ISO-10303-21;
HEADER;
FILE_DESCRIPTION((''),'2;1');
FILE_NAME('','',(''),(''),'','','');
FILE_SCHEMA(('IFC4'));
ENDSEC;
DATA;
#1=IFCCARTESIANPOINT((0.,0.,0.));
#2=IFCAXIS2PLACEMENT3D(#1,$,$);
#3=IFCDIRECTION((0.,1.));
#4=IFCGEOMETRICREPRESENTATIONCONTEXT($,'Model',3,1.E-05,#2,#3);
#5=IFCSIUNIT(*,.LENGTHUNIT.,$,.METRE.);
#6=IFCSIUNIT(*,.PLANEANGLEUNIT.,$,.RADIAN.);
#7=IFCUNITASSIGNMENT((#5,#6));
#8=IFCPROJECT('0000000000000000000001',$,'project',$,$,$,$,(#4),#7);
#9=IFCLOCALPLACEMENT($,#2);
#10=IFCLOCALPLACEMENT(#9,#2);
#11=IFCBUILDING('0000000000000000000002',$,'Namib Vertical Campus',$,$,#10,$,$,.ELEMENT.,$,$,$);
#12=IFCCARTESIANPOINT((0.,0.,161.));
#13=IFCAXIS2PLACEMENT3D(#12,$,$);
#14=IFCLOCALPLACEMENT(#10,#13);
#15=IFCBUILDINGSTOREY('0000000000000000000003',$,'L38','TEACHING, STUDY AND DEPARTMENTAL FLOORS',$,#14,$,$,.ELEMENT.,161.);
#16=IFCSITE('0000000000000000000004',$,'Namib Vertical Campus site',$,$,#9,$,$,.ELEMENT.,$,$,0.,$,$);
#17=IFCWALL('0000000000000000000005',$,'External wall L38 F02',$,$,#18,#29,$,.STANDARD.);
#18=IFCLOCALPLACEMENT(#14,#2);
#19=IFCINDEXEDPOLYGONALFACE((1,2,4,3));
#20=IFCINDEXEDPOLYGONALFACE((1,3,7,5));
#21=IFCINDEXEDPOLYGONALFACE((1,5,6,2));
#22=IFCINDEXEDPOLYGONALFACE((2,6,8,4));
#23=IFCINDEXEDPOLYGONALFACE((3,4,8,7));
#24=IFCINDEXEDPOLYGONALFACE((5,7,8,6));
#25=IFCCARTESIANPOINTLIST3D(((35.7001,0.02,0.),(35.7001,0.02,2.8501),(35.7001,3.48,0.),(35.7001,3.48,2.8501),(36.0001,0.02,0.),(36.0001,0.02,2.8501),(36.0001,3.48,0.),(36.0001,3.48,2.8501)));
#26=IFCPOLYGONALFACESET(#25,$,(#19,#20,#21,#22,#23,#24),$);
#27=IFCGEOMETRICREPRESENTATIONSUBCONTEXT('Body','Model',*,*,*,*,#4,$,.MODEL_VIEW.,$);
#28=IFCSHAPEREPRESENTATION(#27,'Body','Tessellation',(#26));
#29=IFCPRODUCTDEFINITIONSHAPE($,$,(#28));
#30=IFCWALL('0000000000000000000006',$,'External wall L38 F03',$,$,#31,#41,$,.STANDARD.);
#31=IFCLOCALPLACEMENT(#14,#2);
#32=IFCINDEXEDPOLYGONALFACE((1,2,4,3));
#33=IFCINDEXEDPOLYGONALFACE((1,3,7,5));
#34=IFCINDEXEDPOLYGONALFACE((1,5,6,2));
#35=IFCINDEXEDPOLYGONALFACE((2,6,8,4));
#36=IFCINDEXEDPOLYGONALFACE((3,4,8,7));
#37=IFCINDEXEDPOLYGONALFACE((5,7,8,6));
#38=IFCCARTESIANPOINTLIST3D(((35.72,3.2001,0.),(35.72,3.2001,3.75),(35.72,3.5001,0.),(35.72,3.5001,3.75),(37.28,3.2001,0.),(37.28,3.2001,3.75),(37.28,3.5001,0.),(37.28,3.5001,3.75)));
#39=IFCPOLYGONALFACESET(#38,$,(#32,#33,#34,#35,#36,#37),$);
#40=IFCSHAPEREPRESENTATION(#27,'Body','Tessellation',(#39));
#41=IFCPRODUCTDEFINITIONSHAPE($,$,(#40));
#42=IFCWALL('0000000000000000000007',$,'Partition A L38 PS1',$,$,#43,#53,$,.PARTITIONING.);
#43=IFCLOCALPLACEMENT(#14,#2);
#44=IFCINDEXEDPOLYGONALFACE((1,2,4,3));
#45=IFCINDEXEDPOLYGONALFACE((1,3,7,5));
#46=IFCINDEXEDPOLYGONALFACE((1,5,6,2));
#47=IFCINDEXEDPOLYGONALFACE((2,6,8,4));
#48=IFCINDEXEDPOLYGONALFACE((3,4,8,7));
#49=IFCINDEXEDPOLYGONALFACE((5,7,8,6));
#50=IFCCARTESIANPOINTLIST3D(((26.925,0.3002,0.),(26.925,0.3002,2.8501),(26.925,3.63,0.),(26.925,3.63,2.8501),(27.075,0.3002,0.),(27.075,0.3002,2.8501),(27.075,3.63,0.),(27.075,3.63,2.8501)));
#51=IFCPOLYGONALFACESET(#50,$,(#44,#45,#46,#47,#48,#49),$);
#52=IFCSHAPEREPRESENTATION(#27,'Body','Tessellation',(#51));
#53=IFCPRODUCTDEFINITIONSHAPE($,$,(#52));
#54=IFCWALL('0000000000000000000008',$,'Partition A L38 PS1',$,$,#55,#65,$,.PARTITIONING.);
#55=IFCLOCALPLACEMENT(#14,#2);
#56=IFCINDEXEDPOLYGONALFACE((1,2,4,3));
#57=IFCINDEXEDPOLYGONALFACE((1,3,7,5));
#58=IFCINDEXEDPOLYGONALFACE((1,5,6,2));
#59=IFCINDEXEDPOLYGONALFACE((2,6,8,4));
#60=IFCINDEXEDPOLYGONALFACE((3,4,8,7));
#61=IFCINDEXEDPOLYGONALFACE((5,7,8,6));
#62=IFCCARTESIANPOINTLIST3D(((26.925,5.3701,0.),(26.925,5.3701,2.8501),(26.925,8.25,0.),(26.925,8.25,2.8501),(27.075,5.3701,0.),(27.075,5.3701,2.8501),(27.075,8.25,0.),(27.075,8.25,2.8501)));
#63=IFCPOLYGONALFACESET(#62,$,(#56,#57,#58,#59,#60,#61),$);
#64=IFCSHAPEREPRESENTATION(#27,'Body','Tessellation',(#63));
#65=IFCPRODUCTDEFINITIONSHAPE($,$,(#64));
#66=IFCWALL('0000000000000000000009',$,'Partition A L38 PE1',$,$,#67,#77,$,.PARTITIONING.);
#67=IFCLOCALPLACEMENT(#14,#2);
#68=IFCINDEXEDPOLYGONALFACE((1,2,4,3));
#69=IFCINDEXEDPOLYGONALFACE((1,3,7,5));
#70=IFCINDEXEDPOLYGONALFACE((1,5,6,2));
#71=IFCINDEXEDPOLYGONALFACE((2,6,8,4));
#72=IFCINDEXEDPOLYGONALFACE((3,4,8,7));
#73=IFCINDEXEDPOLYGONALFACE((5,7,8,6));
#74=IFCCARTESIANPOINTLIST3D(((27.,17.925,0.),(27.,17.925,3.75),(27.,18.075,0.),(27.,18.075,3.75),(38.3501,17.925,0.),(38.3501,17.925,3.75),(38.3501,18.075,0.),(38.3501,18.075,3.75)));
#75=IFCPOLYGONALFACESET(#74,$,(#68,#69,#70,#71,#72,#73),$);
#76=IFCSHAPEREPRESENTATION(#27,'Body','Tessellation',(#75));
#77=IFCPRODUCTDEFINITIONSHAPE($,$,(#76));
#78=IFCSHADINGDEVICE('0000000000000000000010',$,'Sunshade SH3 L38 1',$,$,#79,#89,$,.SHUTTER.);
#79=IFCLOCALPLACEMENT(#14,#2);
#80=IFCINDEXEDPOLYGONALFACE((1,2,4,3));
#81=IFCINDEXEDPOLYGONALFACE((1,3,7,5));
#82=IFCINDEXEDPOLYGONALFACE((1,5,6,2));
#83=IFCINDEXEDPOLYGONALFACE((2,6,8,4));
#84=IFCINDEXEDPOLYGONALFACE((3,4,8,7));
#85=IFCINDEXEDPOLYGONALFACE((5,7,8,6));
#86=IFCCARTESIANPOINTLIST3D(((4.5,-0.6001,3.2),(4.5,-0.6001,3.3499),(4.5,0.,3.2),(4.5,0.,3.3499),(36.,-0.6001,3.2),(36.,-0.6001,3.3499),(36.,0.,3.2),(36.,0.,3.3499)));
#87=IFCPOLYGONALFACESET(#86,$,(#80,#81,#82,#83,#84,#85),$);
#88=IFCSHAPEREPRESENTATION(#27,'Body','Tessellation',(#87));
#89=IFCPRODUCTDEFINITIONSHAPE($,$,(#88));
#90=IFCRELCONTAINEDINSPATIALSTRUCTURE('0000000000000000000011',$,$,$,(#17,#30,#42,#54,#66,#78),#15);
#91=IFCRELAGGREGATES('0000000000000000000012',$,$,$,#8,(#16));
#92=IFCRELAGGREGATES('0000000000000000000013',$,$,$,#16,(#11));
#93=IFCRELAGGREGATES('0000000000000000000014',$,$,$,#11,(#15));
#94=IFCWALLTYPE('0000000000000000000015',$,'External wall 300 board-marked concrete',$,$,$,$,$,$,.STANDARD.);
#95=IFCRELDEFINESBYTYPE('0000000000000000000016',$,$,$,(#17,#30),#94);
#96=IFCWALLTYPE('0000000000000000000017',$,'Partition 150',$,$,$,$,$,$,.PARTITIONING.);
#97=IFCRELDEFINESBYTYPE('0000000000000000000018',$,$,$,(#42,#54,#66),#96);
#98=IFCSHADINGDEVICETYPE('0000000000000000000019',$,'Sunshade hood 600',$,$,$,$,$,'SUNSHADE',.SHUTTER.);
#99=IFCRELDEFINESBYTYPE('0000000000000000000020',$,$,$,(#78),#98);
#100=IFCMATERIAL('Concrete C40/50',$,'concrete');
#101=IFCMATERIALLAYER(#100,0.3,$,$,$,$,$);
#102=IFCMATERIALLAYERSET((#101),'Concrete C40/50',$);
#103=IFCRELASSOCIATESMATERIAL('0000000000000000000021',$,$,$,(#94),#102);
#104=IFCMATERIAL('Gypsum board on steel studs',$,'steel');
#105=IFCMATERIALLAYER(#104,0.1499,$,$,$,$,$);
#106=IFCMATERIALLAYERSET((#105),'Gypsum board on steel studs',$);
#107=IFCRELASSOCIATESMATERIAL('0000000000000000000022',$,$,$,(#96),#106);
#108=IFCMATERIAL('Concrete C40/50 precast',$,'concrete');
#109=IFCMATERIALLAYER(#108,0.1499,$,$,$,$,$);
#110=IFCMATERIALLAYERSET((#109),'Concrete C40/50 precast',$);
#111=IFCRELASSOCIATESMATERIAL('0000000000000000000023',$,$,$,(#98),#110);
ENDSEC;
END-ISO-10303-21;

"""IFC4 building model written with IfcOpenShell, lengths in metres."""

from ifc_helpers import new_model, si_unit, direction, frame, frame_2d, origin, origin_2d, place, context, subcontext, project, spatial, rectangle, extrude, material, layer, layer_set, type_object, element, save


model = new_model("IFC4")

# Units and contexts
model_context = context("Model", 3, precision=1e-05, world=origin(), true_north=direction((0.0, 1.0)))
body_context = subcontext(model_context, "Body", "Model", "MODEL_VIEW")
ifc_project = project(units=[si_unit("LENGTHUNIT", "METRE"), si_unit("PLANEANGLEUNIT", "RADIAN")], contexts=[model_context])

# Site, building, storey
site_placement = place(None, origin())
site = spatial("IfcSite", under=ifc_project, at=site_placement, Name="Namib Vertical Campus site", CompositionType="ELEMENT", RefElevation=0.0)
building_placement = place(site_placement, origin())
building = spatial("IfcBuilding", under=site, at=building_placement, Name="Namib Vertical Campus", CompositionType="ELEMENT")
storey_placement = place(building_placement, frame((0.0, 0.0, 161.0)))
storey = spatial("IfcBuildingStorey", under=building, at=storey_placement, Name="L38", Description="TEACHING, STUDY AND DEPARTMENTAL FLOORS", CompositionType="ELEMENT", Elevation=161.0)

# Walls
ifc_material_1 = material(Name="Concrete C40/50", Category="concrete")
ifc_layer_1 = layer(ifc_material_1, 0.3)
ifc_layer_set_1 = layer_set([ifc_layer_1], Name="Concrete C40/50")
wall_type_1 = type_object("IfcWallType", Name="External wall 300 board-marked concrete", PredefinedType="STANDARD", material=ifc_layer_set_1)
wall_1_placement = place(storey_placement, frame((35.8501, 0.02, 0.0), z_axis=(0.0, 0.0, 1.0), x_axis=(0.0, 1.0, 0.0)))
element("IfcWall", 1, at=wall_1_placement, inside=storey, type_object=wall_type_1, Name="External wall L38 F02", PredefinedType="STANDARD", context=body_context, shape_type="SweptSolid", body=[
    extrude(rectangle(XDim=3.46, YDim=0.3, at=frame_2d((1.73, 0.0))), origin(), (0.0, 0.0, 1.0), 2.8501),
])
wall_2_placement = place(storey_placement, frame((35.72, 3.3501, 0.0), z_axis=(0.0, 0.0, 1.0), x_axis=(1.0, 0.0, 0.0)))
element("IfcWall", 2, at=wall_2_placement, inside=storey, type_object=wall_type_1, Name="External wall L38 F03", PredefinedType="STANDARD", context=body_context, shape_type="SweptSolid", body=[
    extrude(rectangle(XDim=1.5601, YDim=0.3, at=frame_2d((0.78, 0.0))), origin(), (0.0, 0.0, 1.0), 3.75),
])
ifc_material_2 = material(Name="Gypsum board on steel studs", Category="steel")
ifc_layer_2 = layer(ifc_material_2, 0.1499)
ifc_layer_set_2 = layer_set([ifc_layer_2], Name="Gypsum board on steel studs")
wall_type_2 = type_object("IfcWallType", Name="Partition 150", PredefinedType="PARTITIONING", material=ifc_layer_set_2)
wall_3_placement = place(storey_placement, frame((27.0, 0.3, 0.0), z_axis=(0.0, 0.0, 1.0), x_axis=(0.0, 1.0, 0.0)))
element("IfcWall", 3, at=wall_3_placement, inside=storey, type_object=wall_type_2, Name="Partition A L38 PS1", PredefinedType="PARTITIONING", context=body_context, shape_type="SweptSolid", body=[
    extrude(rectangle(XDim=3.3298, YDim=0.1499, at=frame_2d((1.665, 0.0))), origin(), (0.0, 0.0, 1.0), 2.8501),
])
wall_4_placement = place(storey_placement, frame((27.0, 5.3701, 0.0), z_axis=(0.0, 0.0, 1.0), x_axis=(0.0, 1.0, 0.0)))
element("IfcWall", 4, at=wall_4_placement, inside=storey, type_object=wall_type_2, Name="Partition A L38 PS1", PredefinedType="PARTITIONING", context=body_context, shape_type="SweptSolid", body=[
    extrude(rectangle(XDim=2.8799, YDim=0.1499, at=frame_2d((1.4399, 0.0))), origin(), (0.0, 0.0, 1.0), 2.8501),
])
wall_5_placement = place(storey_placement, frame((27.0, 18.0, 0.0), z_axis=(0.0, 0.0, 1.0), x_axis=(1.0, 0.0, 0.0)))
element("IfcWall", 5, at=wall_5_placement, inside=storey, type_object=wall_type_2, Name="Partition A L38 PE1", PredefinedType="PARTITIONING", context=body_context, shape_type="SweptSolid", body=[
    extrude(rectangle(XDim=11.3501, YDim=0.1499, at=frame_2d((5.675, 0.0))), origin(), (0.0, 0.0, 1.0), 3.75),
])

# Shading device
ifc_material_3 = material(Name="Concrete C40/50 precast", Category="concrete")
ifc_layer_3 = layer(ifc_material_3, 0.1499)
ifc_layer_set_3 = layer_set([ifc_layer_3], Name="Concrete C40/50 precast")
shading_device_type = type_object("IfcShadingDeviceType", Name="Sunshade hood 600", ElementType="SUNSHADE", PredefinedType="SHUTTER", material=ifc_layer_set_3)
shading_device_placement = place(storey_placement, frame((20.25, -0.3, 3.2), z_axis=(0.0, 0.0, 1.0), x_axis=(1.0, 0.0, 0.0)))
element("IfcShadingDevice", 6, at=shading_device_placement, inside=storey, type_object=shading_device_type, Name="Sunshade SH3 L38 1", PredefinedType="SHUTTER", context=body_context, shape_type="SweptSolid", body=[
    extrude(rectangle(XDim=31.5, YDim=0.6001, at=origin_2d()), origin(), (0.0, 0.0, 1.0), 0.1499),
])

save(model, "model.ifc")
